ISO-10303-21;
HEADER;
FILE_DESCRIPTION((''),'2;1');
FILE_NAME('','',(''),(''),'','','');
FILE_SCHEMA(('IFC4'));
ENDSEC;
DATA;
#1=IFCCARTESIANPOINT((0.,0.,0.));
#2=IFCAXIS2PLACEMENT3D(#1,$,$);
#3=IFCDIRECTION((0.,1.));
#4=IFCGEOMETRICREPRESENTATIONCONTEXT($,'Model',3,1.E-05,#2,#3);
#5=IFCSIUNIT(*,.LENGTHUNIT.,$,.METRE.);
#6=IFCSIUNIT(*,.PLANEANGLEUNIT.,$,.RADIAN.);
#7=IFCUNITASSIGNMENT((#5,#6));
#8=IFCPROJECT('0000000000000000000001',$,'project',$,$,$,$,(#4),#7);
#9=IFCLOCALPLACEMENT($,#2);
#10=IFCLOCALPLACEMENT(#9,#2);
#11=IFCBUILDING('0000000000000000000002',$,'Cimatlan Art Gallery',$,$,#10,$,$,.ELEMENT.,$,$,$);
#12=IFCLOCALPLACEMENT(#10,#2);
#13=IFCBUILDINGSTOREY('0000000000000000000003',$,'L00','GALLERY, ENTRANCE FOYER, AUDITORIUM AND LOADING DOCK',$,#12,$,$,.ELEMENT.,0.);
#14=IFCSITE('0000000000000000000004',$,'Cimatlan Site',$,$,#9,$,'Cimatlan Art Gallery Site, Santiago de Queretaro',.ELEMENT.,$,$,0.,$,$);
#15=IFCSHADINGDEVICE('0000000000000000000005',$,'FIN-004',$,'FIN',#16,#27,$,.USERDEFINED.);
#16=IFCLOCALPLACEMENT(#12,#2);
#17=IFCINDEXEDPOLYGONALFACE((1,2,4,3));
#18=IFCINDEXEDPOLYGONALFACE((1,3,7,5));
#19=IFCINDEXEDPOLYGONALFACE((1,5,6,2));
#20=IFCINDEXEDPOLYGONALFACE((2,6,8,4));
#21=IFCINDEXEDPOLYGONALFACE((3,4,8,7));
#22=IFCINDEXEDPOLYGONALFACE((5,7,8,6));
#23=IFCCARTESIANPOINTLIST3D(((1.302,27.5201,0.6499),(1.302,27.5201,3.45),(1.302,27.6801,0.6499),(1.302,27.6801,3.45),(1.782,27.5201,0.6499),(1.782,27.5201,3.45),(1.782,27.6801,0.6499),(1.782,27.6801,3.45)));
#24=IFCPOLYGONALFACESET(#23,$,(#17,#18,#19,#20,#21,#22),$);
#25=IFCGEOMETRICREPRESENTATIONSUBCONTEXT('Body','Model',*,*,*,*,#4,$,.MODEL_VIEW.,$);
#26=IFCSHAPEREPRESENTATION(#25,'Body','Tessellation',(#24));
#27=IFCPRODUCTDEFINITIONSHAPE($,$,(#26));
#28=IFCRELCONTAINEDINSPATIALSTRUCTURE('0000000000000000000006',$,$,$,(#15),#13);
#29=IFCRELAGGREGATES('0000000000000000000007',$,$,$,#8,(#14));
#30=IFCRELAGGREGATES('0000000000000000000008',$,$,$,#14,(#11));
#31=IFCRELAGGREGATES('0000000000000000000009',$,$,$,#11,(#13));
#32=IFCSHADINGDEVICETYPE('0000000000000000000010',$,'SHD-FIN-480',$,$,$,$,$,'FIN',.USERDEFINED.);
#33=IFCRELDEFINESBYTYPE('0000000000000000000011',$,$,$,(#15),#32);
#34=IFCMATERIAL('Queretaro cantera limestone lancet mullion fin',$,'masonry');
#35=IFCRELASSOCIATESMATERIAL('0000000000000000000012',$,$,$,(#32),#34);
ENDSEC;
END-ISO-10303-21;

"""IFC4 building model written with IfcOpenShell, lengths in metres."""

from ifc_helpers import new_model, si_unit, direction, frame, origin, origin_2d, place, context, subcontext, project, spatial, rectangle, extrude, material, type_object, element, save


model = new_model("IFC4")

# Units and contexts
model_context = context("Model", 3, precision=1e-05, world=origin(), true_north=direction((0.0, 1.0)))
body_context = subcontext(model_context, "Body", "Model", "MODEL_VIEW")
ifc_project = project(units=[si_unit("LENGTHUNIT", "METRE"), si_unit("PLANEANGLEUNIT", "RADIAN")], contexts=[model_context])

# Site, building, storey
site_placement = place(None, origin())
site = spatial("IfcSite", under=ifc_project, at=site_placement, Name="Cimatlan Site", LongName="Cimatlan Art Gallery Site, Santiago de Queretaro", CompositionType="ELEMENT", RefElevation=0.0)
building_placement = place(site_placement, origin())
building = spatial("IfcBuilding", under=site, at=building_placement, Name="Cimatlan Art Gallery", CompositionType="ELEMENT")
storey_placement = place(building_placement, origin())
storey = spatial("IfcBuildingStorey", under=building, at=storey_placement, Name="L00", Description="GALLERY, ENTRANCE FOYER, AUDITORIUM AND LOADING DOCK", CompositionType="ELEMENT", Elevation=0.0)

# Shading device
ifc_material_1 = material(Name="Queretaro cantera limestone lancet mullion fin", Category="masonry")
shading_device_type_1 = type_object("IfcShadingDeviceType", Name="SHD-FIN-480", ElementType="FIN", PredefinedType="USERDEFINED", material=ifc_material_1)
shading_device_1_placement = place(storey_placement, frame((1.542, 27.6001, 0.6499), z_axis=(0.0, 0.0, 1.0), x_axis=(0.0, 1.0, 0.0)))
element("IfcShadingDevice", 1, at=shading_device_1_placement, inside=storey, type_object=shading_device_type_1, Name="FIN-004", ObjectType="FIN", PredefinedType="USERDEFINED", context=body_context, shape_type="SweptSolid", body=[
    extrude(rectangle(XDim=0.1599, YDim=0.48, at=origin_2d()), origin(), (0.0, 0.0, 1.0), 2.8),
])

save(model, "model.ifc")
